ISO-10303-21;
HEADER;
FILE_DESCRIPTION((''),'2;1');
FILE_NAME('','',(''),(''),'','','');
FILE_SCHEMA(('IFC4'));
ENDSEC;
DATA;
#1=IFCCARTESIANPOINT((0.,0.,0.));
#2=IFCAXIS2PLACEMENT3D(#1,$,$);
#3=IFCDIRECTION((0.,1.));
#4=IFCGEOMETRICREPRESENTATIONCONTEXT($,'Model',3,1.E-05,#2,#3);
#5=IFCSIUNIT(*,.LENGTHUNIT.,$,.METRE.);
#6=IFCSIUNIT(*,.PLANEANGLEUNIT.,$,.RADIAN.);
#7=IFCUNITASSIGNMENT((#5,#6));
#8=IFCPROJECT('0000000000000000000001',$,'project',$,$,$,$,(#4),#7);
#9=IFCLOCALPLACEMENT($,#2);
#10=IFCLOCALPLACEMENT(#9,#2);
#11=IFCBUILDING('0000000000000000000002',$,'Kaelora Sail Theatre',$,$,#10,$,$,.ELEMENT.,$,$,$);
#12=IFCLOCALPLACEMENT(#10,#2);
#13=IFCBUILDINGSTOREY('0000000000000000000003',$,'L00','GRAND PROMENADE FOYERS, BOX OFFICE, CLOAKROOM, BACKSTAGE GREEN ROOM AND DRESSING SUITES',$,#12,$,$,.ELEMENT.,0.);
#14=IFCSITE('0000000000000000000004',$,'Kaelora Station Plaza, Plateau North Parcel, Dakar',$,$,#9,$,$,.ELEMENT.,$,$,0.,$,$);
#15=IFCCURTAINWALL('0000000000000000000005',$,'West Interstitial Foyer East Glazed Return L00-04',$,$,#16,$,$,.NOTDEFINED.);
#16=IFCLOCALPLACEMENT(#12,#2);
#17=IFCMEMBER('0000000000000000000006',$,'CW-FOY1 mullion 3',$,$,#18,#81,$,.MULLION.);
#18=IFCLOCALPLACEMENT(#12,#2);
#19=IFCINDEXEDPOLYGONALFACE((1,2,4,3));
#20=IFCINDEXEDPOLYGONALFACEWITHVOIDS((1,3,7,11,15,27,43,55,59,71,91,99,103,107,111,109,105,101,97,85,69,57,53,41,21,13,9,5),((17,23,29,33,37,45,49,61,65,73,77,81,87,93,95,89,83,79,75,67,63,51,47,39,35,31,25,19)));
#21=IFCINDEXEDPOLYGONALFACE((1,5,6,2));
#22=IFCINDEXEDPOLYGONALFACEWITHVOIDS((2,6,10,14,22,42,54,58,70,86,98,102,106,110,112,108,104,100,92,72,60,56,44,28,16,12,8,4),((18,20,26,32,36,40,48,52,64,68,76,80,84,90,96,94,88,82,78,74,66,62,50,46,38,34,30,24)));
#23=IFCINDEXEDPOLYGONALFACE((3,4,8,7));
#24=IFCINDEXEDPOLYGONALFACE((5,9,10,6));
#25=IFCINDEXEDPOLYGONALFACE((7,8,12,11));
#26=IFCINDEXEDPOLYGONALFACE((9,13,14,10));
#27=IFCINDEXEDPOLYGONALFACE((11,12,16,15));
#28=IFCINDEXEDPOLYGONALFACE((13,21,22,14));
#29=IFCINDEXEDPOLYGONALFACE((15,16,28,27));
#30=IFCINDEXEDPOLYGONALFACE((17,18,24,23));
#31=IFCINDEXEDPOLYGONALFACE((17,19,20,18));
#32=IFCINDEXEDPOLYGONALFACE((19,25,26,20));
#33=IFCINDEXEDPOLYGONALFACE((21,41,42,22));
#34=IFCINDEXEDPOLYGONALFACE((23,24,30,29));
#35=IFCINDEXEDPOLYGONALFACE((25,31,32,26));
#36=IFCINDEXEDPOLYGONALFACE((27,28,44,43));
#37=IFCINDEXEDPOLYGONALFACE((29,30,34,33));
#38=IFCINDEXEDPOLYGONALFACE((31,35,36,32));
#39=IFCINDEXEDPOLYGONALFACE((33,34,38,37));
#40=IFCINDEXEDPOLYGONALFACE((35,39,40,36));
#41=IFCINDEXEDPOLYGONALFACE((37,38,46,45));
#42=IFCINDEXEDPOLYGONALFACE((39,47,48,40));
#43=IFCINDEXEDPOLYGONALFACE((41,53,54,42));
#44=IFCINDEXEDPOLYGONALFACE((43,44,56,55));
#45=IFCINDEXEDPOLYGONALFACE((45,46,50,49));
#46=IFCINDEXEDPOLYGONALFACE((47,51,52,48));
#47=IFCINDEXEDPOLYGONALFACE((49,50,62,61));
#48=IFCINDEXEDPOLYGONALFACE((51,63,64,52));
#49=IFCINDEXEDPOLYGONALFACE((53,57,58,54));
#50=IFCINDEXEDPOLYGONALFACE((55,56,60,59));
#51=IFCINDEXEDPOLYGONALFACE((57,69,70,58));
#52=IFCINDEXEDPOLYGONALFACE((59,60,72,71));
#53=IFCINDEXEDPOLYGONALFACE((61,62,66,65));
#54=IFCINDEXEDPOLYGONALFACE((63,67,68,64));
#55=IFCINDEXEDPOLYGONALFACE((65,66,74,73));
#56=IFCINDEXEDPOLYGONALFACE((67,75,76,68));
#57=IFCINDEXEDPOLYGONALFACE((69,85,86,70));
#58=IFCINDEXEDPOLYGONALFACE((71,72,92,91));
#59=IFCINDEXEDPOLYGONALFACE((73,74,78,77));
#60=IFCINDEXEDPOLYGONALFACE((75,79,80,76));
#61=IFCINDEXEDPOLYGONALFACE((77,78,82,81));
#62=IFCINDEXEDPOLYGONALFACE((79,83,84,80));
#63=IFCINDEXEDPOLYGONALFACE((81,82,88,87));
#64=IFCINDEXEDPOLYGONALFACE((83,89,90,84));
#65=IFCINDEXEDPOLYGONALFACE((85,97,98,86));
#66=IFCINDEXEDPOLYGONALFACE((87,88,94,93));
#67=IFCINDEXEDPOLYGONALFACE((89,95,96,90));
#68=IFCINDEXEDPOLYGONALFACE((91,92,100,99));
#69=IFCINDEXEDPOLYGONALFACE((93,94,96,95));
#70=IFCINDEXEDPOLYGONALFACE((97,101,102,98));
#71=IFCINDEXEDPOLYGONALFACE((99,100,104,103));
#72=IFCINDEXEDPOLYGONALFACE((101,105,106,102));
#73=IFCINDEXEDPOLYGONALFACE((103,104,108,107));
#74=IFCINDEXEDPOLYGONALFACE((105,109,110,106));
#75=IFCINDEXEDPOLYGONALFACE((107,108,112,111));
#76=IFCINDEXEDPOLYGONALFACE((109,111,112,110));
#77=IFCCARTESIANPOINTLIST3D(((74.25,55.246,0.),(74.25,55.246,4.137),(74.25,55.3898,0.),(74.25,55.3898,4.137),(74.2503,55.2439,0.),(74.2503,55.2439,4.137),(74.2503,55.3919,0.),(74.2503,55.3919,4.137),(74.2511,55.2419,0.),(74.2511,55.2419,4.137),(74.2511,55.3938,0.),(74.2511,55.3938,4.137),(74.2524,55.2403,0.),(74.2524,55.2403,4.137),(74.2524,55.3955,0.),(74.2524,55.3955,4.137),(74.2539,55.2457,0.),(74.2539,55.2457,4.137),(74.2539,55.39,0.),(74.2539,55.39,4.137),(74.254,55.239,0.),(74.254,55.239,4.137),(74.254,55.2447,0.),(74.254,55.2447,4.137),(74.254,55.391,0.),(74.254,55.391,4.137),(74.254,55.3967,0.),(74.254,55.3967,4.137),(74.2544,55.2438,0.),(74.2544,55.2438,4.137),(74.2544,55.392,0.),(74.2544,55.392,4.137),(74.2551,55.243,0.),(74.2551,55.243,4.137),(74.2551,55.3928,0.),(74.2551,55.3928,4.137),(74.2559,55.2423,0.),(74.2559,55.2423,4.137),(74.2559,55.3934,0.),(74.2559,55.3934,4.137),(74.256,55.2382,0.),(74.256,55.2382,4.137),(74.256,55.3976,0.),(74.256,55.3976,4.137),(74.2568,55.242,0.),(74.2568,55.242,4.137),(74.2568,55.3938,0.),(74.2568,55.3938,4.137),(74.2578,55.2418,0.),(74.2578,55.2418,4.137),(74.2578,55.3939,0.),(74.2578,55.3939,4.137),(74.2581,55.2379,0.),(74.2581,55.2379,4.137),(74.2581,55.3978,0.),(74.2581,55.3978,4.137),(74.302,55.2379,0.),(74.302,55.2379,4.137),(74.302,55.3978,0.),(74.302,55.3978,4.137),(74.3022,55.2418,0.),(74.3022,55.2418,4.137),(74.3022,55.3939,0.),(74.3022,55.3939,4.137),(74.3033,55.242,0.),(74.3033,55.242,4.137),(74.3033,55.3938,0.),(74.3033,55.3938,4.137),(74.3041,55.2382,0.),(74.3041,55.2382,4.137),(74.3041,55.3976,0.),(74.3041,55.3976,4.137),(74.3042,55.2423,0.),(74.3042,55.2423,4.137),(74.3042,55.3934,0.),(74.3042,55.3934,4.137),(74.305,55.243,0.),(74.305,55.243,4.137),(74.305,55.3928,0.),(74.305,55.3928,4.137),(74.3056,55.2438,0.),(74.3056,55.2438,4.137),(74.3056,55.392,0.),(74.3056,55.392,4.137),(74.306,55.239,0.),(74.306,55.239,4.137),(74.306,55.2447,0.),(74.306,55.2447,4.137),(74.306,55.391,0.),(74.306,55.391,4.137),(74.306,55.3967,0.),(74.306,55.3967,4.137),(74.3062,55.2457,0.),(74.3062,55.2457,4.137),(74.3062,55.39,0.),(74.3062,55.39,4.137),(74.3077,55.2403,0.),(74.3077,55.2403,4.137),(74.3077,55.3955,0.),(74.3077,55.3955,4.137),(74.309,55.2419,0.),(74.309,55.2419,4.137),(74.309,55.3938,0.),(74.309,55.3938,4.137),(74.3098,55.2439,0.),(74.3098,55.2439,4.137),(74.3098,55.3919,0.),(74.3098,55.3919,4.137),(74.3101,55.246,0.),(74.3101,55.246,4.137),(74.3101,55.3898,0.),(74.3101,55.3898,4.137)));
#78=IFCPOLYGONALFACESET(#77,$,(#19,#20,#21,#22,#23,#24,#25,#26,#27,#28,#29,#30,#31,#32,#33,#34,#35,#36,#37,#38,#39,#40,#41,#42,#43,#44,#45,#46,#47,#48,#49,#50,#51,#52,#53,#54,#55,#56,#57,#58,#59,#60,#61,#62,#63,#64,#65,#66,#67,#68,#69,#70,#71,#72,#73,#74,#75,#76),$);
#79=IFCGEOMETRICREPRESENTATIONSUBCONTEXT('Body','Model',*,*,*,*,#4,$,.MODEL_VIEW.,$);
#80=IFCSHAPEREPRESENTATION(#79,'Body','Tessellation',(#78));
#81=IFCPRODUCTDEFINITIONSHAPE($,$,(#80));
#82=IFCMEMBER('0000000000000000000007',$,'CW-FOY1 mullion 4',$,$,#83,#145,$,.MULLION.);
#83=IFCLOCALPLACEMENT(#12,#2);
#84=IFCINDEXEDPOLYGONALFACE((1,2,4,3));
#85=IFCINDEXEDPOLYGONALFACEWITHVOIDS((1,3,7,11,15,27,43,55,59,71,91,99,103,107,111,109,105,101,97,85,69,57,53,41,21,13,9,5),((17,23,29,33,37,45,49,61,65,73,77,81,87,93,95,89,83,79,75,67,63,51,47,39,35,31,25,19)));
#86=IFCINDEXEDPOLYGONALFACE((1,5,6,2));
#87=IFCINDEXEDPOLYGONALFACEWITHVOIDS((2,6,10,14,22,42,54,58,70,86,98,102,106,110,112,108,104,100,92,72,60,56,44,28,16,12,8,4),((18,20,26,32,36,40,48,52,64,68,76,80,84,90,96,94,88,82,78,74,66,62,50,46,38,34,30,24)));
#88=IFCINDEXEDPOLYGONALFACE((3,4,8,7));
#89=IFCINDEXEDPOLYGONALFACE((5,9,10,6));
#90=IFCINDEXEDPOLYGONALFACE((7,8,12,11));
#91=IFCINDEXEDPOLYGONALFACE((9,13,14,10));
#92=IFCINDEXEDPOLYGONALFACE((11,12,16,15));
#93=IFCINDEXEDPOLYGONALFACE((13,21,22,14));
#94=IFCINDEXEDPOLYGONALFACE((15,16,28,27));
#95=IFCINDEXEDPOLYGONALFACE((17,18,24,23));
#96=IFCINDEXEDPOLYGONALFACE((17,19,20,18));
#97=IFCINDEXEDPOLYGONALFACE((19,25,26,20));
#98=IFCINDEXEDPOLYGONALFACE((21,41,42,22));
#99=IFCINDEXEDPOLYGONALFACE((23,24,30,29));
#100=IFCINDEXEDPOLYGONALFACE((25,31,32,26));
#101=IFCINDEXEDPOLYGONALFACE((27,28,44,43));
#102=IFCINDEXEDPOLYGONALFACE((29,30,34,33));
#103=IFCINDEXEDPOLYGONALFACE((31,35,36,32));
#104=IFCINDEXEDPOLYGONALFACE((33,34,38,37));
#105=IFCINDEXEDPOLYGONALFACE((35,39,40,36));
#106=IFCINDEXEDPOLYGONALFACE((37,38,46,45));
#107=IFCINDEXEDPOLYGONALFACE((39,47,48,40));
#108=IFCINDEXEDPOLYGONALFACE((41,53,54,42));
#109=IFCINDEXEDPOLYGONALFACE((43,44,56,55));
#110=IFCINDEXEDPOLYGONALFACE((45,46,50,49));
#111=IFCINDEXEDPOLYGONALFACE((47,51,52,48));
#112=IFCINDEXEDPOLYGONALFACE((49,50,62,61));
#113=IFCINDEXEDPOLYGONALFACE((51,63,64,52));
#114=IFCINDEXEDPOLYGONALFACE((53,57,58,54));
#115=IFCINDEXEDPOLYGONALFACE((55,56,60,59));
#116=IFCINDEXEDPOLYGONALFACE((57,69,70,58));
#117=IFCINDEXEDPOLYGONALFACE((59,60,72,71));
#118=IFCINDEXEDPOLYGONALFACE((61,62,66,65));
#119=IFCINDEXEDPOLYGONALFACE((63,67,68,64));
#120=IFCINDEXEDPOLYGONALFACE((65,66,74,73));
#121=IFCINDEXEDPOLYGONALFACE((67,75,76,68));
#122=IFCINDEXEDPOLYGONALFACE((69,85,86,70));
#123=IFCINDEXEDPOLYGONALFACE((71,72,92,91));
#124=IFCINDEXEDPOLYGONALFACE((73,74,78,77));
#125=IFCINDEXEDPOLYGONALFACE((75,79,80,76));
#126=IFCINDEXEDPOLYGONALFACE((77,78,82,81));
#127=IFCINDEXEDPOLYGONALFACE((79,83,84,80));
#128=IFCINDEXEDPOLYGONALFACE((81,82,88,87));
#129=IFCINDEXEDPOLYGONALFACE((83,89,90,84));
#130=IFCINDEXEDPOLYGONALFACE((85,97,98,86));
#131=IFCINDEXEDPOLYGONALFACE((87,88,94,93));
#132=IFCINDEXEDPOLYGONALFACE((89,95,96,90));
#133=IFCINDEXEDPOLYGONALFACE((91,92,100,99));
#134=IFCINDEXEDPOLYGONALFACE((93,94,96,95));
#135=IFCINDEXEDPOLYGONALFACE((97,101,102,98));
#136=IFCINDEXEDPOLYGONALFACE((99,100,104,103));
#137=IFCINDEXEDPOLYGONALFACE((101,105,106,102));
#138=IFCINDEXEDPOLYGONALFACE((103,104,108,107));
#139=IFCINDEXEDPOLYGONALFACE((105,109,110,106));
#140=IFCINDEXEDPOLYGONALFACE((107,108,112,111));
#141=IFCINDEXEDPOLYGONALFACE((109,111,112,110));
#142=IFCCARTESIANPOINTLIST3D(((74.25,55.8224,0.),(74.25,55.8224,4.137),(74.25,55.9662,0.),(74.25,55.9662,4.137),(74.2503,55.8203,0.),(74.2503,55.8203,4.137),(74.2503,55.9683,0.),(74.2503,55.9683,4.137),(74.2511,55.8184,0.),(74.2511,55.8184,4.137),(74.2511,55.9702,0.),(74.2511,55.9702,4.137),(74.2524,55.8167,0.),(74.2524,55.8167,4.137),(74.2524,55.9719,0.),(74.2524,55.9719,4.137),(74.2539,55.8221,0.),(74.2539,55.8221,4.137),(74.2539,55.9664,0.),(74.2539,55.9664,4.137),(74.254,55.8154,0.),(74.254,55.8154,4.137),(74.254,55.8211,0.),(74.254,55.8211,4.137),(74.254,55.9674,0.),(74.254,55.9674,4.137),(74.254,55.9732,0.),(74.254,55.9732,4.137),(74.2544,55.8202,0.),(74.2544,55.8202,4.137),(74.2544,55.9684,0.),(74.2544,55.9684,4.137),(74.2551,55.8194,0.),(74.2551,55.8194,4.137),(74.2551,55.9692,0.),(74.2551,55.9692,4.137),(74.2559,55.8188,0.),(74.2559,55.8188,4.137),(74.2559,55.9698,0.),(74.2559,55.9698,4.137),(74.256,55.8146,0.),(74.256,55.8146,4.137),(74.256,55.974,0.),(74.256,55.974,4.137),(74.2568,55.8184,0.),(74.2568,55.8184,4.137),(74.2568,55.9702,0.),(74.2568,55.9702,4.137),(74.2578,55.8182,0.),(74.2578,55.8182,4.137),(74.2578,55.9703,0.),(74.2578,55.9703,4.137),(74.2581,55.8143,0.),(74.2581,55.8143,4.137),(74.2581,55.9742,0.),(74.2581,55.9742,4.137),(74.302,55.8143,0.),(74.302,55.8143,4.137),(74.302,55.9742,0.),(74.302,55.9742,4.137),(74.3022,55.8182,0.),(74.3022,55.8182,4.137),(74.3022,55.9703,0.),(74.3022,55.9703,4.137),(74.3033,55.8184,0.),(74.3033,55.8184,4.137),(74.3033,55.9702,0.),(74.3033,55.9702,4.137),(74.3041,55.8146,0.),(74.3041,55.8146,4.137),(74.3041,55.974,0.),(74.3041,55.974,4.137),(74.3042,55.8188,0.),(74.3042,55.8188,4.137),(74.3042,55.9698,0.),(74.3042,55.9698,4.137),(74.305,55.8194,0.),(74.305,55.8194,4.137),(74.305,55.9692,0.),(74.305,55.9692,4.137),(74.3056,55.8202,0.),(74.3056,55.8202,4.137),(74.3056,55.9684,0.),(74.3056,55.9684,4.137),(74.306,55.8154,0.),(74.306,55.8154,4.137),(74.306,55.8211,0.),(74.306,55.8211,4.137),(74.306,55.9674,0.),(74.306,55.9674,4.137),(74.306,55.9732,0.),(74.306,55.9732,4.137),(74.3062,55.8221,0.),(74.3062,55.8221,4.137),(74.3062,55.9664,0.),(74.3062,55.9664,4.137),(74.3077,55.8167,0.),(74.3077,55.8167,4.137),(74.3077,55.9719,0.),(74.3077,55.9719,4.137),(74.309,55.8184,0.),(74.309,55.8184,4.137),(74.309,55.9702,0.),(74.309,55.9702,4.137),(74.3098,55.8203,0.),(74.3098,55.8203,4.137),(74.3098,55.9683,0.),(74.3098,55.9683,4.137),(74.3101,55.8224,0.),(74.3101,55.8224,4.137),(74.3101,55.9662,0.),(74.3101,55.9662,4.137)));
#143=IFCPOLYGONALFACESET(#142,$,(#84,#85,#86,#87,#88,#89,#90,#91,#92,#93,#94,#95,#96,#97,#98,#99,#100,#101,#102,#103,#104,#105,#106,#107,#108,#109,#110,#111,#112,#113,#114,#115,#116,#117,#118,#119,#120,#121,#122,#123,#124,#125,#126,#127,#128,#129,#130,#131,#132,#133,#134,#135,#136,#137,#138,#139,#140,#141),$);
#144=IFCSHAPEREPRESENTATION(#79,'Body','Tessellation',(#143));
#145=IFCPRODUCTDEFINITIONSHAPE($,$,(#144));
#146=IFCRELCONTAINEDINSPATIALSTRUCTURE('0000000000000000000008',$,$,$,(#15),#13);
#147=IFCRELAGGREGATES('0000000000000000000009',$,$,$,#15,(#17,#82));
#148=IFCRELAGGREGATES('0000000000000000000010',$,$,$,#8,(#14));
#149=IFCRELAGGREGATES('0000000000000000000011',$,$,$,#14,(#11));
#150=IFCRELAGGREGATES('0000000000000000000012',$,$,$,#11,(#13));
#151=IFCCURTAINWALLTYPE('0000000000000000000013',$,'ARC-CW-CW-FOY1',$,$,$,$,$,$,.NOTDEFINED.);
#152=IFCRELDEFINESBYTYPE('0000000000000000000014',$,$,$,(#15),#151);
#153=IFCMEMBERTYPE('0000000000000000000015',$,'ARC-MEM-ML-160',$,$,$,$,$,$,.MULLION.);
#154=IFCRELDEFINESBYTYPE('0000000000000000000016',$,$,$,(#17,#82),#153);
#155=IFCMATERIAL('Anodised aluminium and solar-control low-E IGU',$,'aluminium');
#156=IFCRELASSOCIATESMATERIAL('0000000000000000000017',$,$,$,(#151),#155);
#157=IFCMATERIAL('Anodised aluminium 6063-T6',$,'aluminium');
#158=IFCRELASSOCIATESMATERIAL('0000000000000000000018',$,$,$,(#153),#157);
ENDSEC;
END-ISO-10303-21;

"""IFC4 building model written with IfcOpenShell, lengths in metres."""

from ifc_helpers import new_model, si_unit, direction, frame, origin, origin_2d, place, context, subcontext, project, spatial, hollow_rectangle, extrude, material, material_profile, profile_set, type_object, element, aggregate, save


model = new_model("IFC4")

# Units and contexts
model_context = context("Model", 3, precision=1e-05, world=origin(), true_north=direction((0.0, 1.0)))
body_context = subcontext(model_context, "Body", "Model", "MODEL_VIEW")
ifc_project = project(units=[si_unit("LENGTHUNIT", "METRE"), si_unit("PLANEANGLEUNIT", "RADIAN")], contexts=[model_context])

# Site, building, storey
site_placement = place(None, origin())
site = spatial("IfcSite", under=ifc_project, at=site_placement, Name="Kaelora Station Plaza, Plateau North Parcel, Dakar", CompositionType="ELEMENT", RefElevation=0.0)
building_placement = place(site_placement, origin())
building = spatial("IfcBuilding", under=site, at=building_placement, Name="Kaelora Sail Theatre", CompositionType="ELEMENT")
storey_placement = place(building_placement, origin())
storey = spatial("IfcBuildingStorey", under=building, at=storey_placement, Name="L00", Description="GRAND PROMENADE FOYERS, BOX OFFICE, CLOAKROOM, BACKSTAGE GREEN ROOM AND DRESSING SUITES", CompositionType="ELEMENT", Elevation=0.0)

# Curtain wall, members
ifc_material_1 = material(Name="Anodised aluminium and solar-control low-E IGU", Category="aluminium")
curtain_wall_type = type_object("IfcCurtainWallType", Name="ARC-CW-CW-FOY1", PredefinedType="NOTDEFINED", material=ifc_material_1)
curtain_wall_placement = place(storey_placement, origin())
curtain_wall = element("IfcCurtainWall", 1, at=curtain_wall_placement, inside=storey, type_object=curtain_wall_type, Name="West Interstitial Foyer East Glazed Return L00-04", PredefinedType="NOTDEFINED")
ifc_material_2 = material(Name="Anodised aluminium 6063-T6", Category="aluminium")
ifc_material_profile_1 = material_profile(ifc_material_2, hollow_rectangle(XDim=0.0601, YDim=0.1599, WallThickness=0.0039, InnerFilletRadius=0.0039, OuterFilletRadius=0.0081, at=origin_2d()), Name="ALU-MULL 60x160x4")
ifc_profile_set_1 = profile_set([ifc_material_profile_1], Name="Anodised aluminium 6063-T6")
member_type_1 = type_object("IfcMemberType", Name="ARC-MEM-ML-160", PredefinedType="MULLION", material=ifc_profile_set_1)
member_1_placement = place(storey_placement, frame((74.28, 55.3179, 0.0), z_axis=(0.0, 0.0, 1.0), x_axis=(-1.0, 0.0, 0.0)))
member_1 = element("IfcMember", 2, at=member_1_placement, type_object=member_type_1, Name="CW-FOY1 mullion 3", PredefinedType="MULLION", context=body_context, shape_type="SweptSolid", body=[
    extrude(hollow_rectangle(XDim=0.0601, YDim=0.1599, WallThickness=0.0039, InnerFilletRadius=0.0039, OuterFilletRadius=0.0081, at=origin_2d()), origin(), (0.0, 0.0, 1.0), 4.137),
])
member_2_placement = place(storey_placement, frame((74.28, 55.8943, 0.0), z_axis=(0.0, 0.0, 1.0), x_axis=(-1.0, 0.0, 0.0)))
member_2 = element("IfcMember", 3, at=member_2_placement, type_object=member_type_1, Name="CW-FOY1 mullion 4", PredefinedType="MULLION", context=body_context, shape_type="SweptSolid", body=[
    extrude(hollow_rectangle(XDim=0.0601, YDim=0.1599, WallThickness=0.0039, InnerFilletRadius=0.0039, OuterFilletRadius=0.0081, at=origin_2d()), origin(), (0.0, 0.0, 1.0), 4.137),
])

aggregate(curtain_wall, [member_1, member_2])

save(model, "model.ifc")
